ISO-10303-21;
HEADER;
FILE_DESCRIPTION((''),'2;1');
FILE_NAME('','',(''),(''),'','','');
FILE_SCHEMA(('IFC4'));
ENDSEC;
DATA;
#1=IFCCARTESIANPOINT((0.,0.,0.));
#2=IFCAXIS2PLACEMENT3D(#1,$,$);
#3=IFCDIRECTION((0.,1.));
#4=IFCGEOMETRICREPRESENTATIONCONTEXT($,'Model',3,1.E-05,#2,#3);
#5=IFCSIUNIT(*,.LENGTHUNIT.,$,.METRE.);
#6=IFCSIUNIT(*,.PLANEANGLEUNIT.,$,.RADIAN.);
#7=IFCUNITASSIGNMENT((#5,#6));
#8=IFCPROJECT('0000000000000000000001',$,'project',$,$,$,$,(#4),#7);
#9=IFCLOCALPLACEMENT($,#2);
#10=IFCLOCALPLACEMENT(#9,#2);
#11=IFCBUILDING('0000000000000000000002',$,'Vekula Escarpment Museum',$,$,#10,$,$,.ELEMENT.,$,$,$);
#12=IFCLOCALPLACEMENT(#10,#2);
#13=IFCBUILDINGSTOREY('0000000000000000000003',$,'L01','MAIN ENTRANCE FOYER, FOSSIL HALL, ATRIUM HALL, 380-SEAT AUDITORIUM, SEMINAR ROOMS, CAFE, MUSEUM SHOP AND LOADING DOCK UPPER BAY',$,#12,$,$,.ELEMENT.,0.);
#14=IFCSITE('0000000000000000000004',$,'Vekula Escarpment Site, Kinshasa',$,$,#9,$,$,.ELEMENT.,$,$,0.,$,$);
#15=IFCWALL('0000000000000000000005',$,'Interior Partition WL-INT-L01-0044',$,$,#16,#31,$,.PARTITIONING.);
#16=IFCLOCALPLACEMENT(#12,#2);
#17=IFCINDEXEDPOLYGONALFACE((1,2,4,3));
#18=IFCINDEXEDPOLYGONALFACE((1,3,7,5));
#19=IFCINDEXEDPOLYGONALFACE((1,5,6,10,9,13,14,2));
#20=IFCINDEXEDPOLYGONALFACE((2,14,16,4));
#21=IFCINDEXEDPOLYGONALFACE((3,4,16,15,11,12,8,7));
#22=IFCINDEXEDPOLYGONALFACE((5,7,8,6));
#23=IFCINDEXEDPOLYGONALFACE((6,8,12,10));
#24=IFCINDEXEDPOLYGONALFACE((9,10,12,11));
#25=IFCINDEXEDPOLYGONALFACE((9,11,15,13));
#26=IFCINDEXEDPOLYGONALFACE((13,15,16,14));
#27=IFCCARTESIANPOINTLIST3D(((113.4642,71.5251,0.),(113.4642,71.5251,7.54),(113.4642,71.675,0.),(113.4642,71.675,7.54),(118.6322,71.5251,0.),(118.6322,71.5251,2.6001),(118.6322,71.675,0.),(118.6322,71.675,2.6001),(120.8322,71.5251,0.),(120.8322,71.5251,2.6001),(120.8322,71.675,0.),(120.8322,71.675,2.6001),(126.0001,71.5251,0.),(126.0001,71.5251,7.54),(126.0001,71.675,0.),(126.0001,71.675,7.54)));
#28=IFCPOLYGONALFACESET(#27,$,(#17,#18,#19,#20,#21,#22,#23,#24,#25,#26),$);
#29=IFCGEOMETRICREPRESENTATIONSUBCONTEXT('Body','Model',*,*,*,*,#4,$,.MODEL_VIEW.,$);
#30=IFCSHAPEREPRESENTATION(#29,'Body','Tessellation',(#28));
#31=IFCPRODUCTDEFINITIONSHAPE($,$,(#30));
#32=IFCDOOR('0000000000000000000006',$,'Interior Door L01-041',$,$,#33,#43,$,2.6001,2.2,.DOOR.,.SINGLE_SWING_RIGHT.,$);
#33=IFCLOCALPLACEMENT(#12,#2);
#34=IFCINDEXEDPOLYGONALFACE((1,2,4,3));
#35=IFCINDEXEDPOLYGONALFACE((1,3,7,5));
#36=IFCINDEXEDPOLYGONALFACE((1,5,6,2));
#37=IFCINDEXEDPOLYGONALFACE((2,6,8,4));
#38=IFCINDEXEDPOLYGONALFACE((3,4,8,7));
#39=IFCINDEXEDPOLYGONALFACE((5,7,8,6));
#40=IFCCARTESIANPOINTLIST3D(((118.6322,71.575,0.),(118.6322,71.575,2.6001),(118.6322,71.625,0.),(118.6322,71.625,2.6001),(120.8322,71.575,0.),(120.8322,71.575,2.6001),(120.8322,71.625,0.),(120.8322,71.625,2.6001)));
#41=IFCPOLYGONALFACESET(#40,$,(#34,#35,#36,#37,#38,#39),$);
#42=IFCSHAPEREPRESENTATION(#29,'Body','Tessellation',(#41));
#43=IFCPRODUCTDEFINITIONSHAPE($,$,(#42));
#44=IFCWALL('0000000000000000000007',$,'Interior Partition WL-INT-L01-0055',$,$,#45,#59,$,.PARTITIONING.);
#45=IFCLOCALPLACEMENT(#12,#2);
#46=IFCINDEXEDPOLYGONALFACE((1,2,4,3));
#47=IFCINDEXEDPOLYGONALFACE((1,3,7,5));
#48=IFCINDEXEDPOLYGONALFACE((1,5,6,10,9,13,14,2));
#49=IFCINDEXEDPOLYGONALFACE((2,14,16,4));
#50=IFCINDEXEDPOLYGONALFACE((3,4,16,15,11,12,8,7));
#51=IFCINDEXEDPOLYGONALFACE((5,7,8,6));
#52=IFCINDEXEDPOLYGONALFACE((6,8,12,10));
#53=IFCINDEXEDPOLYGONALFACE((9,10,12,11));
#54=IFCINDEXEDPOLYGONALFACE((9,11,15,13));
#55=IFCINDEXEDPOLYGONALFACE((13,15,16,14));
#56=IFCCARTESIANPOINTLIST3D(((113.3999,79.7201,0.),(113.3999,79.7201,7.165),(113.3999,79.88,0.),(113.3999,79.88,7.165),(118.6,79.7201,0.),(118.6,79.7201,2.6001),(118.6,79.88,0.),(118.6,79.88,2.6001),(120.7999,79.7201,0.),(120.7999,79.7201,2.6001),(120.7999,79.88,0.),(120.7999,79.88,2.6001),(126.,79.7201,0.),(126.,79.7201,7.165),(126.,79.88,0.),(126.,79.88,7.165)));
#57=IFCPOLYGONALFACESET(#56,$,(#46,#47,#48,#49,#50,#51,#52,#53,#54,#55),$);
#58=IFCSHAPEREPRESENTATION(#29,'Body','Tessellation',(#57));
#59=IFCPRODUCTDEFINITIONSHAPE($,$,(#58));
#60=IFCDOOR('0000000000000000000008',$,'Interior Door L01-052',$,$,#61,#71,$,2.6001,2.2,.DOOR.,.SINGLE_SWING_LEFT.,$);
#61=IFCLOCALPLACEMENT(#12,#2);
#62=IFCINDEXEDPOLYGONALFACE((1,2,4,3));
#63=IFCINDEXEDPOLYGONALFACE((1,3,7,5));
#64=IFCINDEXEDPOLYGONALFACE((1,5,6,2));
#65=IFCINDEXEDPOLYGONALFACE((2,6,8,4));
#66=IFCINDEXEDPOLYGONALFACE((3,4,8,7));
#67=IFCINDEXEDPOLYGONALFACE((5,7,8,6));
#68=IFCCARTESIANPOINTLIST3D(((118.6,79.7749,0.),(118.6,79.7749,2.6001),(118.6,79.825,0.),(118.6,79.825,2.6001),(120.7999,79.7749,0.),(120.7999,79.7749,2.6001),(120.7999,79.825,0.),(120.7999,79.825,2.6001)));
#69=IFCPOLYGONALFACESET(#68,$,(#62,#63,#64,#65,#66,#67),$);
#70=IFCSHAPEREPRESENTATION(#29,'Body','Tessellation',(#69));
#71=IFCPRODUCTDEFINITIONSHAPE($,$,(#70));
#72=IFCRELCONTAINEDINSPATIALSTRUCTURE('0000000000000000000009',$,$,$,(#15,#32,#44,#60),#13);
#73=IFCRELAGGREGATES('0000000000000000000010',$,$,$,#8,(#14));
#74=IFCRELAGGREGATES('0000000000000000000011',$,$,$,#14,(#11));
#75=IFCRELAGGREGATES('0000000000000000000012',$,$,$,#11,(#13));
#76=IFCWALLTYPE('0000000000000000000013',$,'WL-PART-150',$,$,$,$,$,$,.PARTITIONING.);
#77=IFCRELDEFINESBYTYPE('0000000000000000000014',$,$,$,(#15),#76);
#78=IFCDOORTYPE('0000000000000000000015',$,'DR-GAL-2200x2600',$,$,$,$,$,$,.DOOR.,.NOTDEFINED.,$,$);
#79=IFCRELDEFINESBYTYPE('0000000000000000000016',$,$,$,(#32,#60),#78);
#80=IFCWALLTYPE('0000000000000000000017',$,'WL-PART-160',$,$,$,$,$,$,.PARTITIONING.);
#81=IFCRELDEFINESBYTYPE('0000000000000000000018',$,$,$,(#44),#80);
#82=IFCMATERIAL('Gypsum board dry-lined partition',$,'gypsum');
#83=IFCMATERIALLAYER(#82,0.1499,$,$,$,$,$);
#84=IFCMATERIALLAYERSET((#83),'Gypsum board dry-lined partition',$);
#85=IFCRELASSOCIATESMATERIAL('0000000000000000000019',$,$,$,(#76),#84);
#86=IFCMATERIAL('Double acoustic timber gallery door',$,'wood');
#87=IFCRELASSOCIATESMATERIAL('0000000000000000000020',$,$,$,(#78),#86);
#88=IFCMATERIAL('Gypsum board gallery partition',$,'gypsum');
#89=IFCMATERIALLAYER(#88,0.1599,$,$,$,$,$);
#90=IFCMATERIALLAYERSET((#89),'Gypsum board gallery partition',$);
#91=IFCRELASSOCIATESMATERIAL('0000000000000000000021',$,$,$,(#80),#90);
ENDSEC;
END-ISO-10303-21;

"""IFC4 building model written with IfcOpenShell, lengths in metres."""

from ifc_helpers import new_model, si_unit, direction, frame, frame_2d, origin, place, context, subcontext, project, spatial, rectangle, extrude, material, layer, layer_set, type_object, element, fill, save


model = new_model("IFC4")

# Units and contexts
model_context = context("Model", 3, precision=1e-05, world=origin(), true_north=direction((0.0, 1.0)))
body_context = subcontext(model_context, "Body", "Model", "MODEL_VIEW")
ifc_project = project(units=[si_unit("LENGTHUNIT", "METRE"), si_unit("PLANEANGLEUNIT", "RADIAN")], contexts=[model_context])

# Site, building, storey
site_placement = place(None, origin())
site = spatial("IfcSite", under=ifc_project, at=site_placement, Name="Vekula Escarpment Site, Kinshasa", CompositionType="ELEMENT", RefElevation=0.0)
building_placement = place(site_placement, origin())
building = spatial("IfcBuilding", under=site, at=building_placement, Name="Vekula Escarpment Museum", CompositionType="ELEMENT")
storey_placement = place(building_placement, origin())
storey = spatial("IfcBuildingStorey", under=building, at=storey_placement, Name="L01", Description="MAIN ENTRANCE FOYER, FOSSIL HALL, ATRIUM HALL, 380-SEAT AUDITORIUM, SEMINAR ROOMS, CAFE, MUSEUM SHOP AND LOADING DOCK UPPER BAY", CompositionType="ELEMENT", Elevation=0.0)

# Walls, openings, doors
ifc_material_1 = material(Name="Gypsum board dry-lined partition", Category="gypsum")
ifc_layer_1 = layer(ifc_material_1, 0.1499)
ifc_layer_set_1 = layer_set([ifc_layer_1], Name="Gypsum board dry-lined partition")
wall_type_1 = type_object("IfcWallType", Name="WL-PART-150", PredefinedType="PARTITIONING", material=ifc_layer_set_1)
wall_1_placement = place(storey_placement, frame((113.4641, 71.6001, 0.0), z_axis=(0.0, 0.0, 1.0), x_axis=(1.0, 0.0, 0.0)))
wall_1 = element("IfcWall", 1, at=wall_1_placement, inside=storey, type_object=wall_type_1, Name="Interior Partition WL-INT-L01-0044", PredefinedType="PARTITIONING", context=body_context, shape_type="SweptSolid", body=[
    extrude(rectangle(XDim=12.5359, YDim=0.1499, at=frame_2d((6.2681, 0.0))), origin(), (0.0, 0.0, 1.0), 7.54),
])
opening_1_placement = place(wall_1_placement, frame((5.168, 0.0, 0.0)))
opening_1 = element("IfcOpeningElement", 2, at=opening_1_placement, cuts=wall_1, PredefinedType="OPENING", context=body_context, shape_type="SweptSolid", body=[
    extrude(rectangle(XDim=2.2, YDim=2.6001, at=frame_2d((1.1001, 1.3))), frame((0.0, 0.085, 0.0), z_axis=(0.0, -1.0, 0.0), x_axis=(1.0, 0.0, 0.0)), (0.0, 0.0, 1.0), 0.1699),
])
ifc_material_2 = material(Name="Double acoustic timber gallery door", Category="wood")
door_type_1 = type_object("IfcDoorType", Name="DR-GAL-2200x2600", OperationType="NOTDEFINED", PredefinedType="DOOR", material=ifc_material_2)
door_1_placement = place(opening_1_placement, origin())
door_1 = element("IfcDoor", 3, at=door_1_placement, inside=storey, type_object=door_type_1, Name="Interior Door L01-041", OperationType="SINGLE_SWING_RIGHT", OverallHeight=2.6001, OverallWidth=2.2, PredefinedType="DOOR", context=body_context, shape_type="SweptSolid", body=[
    extrude(rectangle(XDim=2.2, YDim=2.6001, at=frame_2d((1.1001, 1.3))), frame((0.0, 0.0249, 0.0), z_axis=(0.0, -1.0, 0.0), x_axis=(1.0, 0.0, 0.0)), (0.0, 0.0, 1.0), 0.05),
])
fill(opening_1, door_1)
ifc_material_3 = material(Name="Gypsum board gallery partition", Category="gypsum")
ifc_layer_2 = layer(ifc_material_3, 0.1599)
ifc_layer_set_2 = layer_set([ifc_layer_2], Name="Gypsum board gallery partition")
wall_type_2 = type_object("IfcWallType", Name="WL-PART-160", PredefinedType="PARTITIONING", material=ifc_layer_set_2)
wall_2_placement = place(storey_placement, frame((113.3999, 79.8, 0.0), z_axis=(0.0, 0.0, 1.0), x_axis=(1.0, 0.0, 0.0)))
wall_2 = element("IfcWall", 4, at=wall_2_placement, inside=storey, type_object=wall_type_2, Name="Interior Partition WL-INT-L01-0055", PredefinedType="PARTITIONING", context=body_context, shape_type="SweptSolid", body=[
    extrude(rectangle(XDim=12.6001, YDim=0.1599, at=frame_2d((6.3, 0.0))), origin(), (0.0, 0.0, 1.0), 7.165),
])
opening_2_placement = place(wall_2_placement, frame((5.2, 0.0, 0.0)))
opening_2 = element("IfcOpeningElement", 5, at=opening_2_placement, cuts=wall_2, PredefinedType="OPENING", context=body_context, shape_type="SweptSolid", body=[
    extrude(rectangle(XDim=2.2, YDim=2.6001, at=frame_2d((1.1001, 1.3))), frame((0.0, 0.0898, 0.0), z_axis=(0.0, -1.0, 0.0), x_axis=(1.0, 0.0, 0.0)), (0.0, 0.0, 1.0), 0.1799),
])
door_2_placement = place(opening_2_placement, origin())
door_2 = element("IfcDoor", 6, at=door_2_placement, inside=storey, type_object=door_type_1, Name="Interior Door L01-052", OperationType="SINGLE_SWING_LEFT", OverallHeight=2.6001, OverallWidth=2.2, PredefinedType="DOOR", context=body_context, shape_type="SweptSolid", body=[
    extrude(rectangle(XDim=2.2, YDim=2.6001, at=frame_2d((1.1001, 1.3))), frame((0.0, 0.0249, 0.0), z_axis=(0.0, -1.0, 0.0), x_axis=(1.0, 0.0, 0.0)), (0.0, 0.0, 1.0), 0.05),
])
fill(opening_2, door_2)

save(model, "model.ifc")
